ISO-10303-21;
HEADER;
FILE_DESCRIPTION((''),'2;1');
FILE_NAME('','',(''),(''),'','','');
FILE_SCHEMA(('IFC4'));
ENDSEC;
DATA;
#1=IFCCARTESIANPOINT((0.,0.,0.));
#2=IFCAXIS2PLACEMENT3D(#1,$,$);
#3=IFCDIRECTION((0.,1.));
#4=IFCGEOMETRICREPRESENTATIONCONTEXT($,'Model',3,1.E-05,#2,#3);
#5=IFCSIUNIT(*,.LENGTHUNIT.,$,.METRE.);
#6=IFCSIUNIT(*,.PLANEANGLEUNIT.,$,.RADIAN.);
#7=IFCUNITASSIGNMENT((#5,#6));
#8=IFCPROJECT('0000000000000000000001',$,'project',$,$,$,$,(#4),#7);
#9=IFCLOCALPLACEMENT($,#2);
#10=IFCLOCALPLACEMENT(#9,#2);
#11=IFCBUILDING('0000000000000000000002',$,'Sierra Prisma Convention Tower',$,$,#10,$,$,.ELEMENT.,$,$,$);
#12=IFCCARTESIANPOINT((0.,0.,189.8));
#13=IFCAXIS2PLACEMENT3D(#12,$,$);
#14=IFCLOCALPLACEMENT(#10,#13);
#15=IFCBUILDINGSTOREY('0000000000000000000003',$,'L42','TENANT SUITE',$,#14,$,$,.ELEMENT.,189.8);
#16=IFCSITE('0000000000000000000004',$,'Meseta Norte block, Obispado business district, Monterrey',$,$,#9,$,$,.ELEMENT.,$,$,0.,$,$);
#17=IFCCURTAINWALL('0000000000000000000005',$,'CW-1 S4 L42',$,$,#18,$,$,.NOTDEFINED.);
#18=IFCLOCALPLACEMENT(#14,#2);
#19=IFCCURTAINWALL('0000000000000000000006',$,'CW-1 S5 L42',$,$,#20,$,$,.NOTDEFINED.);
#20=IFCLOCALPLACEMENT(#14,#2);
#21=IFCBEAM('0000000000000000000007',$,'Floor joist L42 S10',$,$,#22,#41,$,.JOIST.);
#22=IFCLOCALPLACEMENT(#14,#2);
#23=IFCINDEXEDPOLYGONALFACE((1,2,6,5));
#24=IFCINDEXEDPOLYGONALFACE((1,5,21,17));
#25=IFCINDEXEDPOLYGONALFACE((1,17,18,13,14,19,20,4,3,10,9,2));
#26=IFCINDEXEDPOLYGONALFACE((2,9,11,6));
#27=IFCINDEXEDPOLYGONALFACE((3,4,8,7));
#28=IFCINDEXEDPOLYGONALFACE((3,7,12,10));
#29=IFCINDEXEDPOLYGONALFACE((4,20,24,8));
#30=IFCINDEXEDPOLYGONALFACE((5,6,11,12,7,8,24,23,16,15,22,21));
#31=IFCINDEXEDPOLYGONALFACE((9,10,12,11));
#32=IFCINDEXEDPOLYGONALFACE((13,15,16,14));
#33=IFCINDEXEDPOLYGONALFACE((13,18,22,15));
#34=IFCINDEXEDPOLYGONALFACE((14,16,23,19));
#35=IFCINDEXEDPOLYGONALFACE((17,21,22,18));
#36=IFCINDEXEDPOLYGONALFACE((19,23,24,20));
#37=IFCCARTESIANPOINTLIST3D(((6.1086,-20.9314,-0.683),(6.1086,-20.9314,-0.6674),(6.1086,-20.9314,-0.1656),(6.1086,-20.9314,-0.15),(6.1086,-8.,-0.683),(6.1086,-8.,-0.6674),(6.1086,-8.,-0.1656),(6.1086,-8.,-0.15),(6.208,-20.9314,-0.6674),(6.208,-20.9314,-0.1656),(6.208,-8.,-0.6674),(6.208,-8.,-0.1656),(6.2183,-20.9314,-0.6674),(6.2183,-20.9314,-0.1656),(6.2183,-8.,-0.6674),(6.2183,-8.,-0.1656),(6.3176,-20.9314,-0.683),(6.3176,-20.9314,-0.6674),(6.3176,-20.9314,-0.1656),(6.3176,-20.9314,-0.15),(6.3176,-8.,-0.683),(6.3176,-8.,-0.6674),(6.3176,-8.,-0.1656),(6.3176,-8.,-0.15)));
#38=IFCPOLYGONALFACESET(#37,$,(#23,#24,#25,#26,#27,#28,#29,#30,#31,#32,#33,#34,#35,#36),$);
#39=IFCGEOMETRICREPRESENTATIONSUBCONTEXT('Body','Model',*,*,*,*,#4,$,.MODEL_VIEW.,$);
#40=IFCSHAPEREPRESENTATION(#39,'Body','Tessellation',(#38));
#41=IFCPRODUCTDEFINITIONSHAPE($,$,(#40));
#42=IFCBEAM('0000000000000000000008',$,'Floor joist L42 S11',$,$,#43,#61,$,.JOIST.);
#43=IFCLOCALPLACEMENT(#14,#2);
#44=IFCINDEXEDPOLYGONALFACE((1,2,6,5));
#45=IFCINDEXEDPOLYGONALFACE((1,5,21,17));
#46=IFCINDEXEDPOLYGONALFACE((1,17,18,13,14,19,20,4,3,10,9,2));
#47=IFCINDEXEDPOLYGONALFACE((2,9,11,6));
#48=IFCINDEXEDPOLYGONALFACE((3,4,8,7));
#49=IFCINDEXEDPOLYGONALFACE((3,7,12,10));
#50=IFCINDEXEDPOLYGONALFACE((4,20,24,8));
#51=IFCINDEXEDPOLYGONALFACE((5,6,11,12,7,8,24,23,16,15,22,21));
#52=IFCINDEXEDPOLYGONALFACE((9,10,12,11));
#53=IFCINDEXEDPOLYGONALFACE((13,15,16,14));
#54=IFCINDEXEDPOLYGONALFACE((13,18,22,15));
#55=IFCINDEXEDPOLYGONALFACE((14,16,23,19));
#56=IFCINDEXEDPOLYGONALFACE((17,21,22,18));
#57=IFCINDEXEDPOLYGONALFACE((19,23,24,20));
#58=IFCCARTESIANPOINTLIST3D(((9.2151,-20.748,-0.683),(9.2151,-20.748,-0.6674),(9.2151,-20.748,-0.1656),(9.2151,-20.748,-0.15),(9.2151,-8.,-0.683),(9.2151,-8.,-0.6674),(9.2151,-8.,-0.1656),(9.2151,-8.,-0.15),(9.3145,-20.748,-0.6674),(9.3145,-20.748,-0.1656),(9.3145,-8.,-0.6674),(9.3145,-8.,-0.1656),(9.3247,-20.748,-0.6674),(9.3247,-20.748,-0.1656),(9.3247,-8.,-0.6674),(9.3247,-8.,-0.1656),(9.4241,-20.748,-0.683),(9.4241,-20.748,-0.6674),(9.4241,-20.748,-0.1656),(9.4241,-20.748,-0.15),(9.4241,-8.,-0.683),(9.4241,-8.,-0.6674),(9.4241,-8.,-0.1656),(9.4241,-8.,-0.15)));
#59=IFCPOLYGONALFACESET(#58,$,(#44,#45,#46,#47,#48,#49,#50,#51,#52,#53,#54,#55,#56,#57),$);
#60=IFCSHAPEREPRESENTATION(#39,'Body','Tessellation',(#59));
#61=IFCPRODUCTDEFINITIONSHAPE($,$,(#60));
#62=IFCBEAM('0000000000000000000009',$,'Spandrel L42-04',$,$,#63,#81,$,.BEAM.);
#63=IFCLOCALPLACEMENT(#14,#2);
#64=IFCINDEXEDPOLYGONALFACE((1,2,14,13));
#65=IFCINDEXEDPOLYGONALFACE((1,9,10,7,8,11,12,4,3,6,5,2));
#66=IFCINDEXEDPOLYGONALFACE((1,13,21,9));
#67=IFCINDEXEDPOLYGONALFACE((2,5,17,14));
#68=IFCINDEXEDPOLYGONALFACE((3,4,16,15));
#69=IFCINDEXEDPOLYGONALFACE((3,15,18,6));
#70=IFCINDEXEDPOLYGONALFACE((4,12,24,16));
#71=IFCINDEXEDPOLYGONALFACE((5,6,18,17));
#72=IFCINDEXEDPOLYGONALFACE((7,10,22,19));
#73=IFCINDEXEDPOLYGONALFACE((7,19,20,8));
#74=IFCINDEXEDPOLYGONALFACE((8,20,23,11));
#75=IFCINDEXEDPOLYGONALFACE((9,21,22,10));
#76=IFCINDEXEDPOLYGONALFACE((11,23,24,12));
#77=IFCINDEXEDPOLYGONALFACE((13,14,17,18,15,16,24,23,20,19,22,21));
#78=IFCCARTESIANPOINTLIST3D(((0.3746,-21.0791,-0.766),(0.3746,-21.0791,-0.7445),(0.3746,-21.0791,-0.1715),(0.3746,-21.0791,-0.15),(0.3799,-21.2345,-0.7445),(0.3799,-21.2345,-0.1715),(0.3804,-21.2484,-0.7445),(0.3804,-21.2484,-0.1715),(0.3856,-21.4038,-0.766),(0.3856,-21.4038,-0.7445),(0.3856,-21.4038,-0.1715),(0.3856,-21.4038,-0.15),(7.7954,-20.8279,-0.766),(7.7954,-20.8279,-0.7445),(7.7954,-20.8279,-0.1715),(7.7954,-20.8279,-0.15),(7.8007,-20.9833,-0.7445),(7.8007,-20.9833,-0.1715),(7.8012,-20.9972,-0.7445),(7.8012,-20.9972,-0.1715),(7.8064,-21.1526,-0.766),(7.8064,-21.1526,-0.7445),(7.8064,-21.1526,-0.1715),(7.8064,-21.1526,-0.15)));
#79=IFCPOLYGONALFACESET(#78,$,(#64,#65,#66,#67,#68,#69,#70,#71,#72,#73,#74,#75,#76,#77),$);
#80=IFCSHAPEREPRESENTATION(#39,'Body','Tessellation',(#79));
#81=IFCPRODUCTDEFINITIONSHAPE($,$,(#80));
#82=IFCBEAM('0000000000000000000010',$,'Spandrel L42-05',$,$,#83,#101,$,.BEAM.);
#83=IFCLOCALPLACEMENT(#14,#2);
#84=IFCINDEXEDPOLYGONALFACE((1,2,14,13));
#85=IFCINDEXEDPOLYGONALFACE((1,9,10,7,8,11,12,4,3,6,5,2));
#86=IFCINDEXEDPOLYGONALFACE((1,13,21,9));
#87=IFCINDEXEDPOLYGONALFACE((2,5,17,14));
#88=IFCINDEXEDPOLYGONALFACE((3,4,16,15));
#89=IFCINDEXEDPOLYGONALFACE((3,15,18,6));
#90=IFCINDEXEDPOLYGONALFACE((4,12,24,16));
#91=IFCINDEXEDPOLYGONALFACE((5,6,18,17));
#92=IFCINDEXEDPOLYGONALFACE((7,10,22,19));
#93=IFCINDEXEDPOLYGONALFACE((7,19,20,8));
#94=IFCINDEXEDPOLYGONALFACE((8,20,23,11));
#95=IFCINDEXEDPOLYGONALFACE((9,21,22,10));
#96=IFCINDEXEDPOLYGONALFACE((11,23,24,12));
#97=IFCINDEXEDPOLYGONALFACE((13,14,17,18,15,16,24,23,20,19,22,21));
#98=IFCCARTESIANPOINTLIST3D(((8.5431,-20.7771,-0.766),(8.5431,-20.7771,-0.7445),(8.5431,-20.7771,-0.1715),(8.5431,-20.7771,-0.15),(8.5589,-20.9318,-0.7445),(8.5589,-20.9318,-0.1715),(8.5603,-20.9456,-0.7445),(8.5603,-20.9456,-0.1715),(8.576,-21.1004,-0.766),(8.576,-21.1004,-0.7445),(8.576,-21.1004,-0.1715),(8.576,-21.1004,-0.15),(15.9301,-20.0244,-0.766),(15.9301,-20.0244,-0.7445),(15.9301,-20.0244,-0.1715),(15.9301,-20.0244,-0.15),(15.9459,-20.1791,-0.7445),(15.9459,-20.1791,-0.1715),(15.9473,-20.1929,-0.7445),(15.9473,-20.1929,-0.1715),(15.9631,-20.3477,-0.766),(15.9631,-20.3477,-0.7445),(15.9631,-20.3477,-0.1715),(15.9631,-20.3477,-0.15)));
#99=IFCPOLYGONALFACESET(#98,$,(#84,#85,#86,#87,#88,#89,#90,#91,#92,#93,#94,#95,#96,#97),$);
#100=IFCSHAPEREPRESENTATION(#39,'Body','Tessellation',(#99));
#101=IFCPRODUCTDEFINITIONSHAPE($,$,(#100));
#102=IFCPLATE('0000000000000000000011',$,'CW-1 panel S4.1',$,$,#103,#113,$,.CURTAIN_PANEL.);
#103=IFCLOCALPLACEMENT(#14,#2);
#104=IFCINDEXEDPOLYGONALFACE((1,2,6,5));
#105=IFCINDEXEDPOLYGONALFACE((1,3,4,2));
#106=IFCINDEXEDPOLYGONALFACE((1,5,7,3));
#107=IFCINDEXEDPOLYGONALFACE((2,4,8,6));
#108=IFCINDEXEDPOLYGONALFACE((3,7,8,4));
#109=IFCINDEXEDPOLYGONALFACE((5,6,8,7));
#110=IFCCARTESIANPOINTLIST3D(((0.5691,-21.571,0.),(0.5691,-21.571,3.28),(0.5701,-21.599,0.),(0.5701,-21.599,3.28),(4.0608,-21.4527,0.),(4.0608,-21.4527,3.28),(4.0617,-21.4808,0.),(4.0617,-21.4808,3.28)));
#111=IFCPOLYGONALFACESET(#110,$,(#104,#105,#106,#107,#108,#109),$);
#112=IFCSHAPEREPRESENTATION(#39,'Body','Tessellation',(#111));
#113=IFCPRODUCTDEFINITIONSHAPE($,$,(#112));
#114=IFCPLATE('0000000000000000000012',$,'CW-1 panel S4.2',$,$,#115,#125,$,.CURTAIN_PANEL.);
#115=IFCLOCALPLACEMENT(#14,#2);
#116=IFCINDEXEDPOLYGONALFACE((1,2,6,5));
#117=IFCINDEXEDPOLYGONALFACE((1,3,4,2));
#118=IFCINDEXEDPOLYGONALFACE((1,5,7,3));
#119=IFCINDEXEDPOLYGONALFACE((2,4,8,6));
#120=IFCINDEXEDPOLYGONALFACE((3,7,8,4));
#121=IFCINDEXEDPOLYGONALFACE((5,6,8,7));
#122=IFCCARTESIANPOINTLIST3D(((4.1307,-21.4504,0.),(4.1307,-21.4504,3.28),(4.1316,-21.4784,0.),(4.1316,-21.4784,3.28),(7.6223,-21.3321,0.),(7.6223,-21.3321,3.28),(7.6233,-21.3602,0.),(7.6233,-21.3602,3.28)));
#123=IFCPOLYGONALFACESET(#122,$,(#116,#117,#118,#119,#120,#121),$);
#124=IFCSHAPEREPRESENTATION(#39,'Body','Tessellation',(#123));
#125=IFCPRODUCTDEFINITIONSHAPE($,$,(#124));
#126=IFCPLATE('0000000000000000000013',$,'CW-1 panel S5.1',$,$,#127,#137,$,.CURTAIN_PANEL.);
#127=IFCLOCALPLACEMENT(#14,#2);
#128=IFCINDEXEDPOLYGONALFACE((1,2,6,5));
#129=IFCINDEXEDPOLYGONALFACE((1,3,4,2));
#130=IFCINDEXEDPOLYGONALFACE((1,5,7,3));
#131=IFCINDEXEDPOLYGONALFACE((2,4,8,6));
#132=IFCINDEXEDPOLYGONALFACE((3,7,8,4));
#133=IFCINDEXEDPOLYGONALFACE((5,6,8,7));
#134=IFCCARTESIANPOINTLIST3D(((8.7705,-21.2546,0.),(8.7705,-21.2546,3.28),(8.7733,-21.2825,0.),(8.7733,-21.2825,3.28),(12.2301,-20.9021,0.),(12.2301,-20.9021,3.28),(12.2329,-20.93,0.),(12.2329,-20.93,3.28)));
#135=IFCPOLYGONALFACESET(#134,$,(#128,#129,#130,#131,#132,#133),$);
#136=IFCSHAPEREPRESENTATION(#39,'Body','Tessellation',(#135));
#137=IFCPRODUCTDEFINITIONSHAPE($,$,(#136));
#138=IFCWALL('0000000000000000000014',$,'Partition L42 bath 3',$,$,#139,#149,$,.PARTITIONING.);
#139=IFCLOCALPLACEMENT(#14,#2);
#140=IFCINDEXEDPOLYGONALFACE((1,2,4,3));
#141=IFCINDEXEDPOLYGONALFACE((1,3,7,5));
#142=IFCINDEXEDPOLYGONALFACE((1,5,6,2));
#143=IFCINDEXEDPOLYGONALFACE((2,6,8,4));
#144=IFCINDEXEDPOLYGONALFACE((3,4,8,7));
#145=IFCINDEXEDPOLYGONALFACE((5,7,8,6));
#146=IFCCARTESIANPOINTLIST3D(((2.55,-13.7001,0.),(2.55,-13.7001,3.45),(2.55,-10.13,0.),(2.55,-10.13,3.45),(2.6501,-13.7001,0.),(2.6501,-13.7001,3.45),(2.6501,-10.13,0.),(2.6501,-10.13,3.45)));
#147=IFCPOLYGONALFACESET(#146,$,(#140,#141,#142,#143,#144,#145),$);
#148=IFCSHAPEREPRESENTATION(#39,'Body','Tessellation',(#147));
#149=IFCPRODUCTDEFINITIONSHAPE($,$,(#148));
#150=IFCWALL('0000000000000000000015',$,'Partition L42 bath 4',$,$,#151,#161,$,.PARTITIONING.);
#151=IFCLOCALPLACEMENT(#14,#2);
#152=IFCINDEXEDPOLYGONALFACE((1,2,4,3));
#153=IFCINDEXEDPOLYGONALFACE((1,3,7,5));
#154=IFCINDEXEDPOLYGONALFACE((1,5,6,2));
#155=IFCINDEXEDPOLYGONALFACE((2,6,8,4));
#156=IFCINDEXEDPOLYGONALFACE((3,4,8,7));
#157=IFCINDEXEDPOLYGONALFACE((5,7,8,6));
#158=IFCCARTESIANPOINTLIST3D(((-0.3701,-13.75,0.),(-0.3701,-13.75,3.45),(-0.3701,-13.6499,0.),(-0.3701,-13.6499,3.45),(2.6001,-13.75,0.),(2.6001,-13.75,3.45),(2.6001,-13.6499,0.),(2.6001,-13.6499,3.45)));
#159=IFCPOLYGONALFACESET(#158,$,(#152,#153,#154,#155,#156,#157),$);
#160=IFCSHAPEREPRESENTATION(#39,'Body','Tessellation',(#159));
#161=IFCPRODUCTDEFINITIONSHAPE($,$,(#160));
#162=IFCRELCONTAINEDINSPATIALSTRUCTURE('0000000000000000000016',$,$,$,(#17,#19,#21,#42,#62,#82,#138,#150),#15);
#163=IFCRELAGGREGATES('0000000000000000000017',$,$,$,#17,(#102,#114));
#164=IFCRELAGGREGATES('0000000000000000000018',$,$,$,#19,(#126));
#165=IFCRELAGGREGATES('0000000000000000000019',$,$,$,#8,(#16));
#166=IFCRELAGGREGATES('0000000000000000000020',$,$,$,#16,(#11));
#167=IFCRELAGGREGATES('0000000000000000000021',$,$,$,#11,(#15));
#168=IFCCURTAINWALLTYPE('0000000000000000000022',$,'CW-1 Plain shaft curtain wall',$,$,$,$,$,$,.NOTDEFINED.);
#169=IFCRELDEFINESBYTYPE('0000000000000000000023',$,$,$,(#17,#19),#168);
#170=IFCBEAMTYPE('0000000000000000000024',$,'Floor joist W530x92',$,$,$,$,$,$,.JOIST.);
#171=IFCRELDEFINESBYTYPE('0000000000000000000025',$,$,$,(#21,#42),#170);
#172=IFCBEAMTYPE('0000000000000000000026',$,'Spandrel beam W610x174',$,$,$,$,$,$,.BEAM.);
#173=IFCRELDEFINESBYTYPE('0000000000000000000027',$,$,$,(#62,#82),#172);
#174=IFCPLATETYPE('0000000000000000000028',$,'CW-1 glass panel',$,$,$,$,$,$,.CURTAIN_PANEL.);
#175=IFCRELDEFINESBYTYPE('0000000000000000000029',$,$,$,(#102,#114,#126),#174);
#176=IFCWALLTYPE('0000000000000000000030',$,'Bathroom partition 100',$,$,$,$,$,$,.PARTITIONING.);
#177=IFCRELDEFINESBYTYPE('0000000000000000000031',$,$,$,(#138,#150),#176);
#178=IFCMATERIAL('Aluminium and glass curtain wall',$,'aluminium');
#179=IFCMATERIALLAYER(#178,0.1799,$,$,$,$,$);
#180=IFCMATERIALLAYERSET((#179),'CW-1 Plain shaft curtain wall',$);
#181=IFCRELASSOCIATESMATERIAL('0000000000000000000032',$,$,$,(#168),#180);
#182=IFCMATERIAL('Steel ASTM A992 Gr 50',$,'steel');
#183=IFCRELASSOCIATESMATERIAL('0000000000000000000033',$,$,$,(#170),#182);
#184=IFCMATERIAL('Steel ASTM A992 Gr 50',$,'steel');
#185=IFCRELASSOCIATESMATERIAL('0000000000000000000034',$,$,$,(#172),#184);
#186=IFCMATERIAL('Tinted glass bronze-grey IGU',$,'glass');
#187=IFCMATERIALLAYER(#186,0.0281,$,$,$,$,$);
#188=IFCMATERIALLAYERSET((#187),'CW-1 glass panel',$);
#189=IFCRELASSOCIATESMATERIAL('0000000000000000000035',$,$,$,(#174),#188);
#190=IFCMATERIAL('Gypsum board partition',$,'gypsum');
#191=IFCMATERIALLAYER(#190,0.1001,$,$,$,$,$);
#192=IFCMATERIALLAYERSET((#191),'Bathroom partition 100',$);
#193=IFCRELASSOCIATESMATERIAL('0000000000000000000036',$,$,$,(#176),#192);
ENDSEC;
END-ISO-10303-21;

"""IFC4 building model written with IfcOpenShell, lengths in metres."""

from ifc_helpers import new_model, si_unit, direction, frame, frame_2d, origin, origin_2d, place, context, subcontext, project, spatial, rectangle, i_section, extrude, material, layer, layer_set, material_profile, profile_set, type_object, element, aggregate, save


model = new_model("IFC4")

# Units and contexts
model_context = context("Model", 3, precision=1e-05, world=origin(), true_north=direction((0.0, 1.0)))
body_context = subcontext(model_context, "Body", "Model", "MODEL_VIEW")
ifc_project = project(units=[si_unit("LENGTHUNIT", "METRE"), si_unit("PLANEANGLEUNIT", "RADIAN")], contexts=[model_context])

# Site, building, storey
site_placement = place(None, origin())
site = spatial("IfcSite", under=ifc_project, at=site_placement, Name="Meseta Norte block, Obispado business district, Monterrey", CompositionType="ELEMENT", RefElevation=0.0)
building_placement = place(site_placement, origin())
building = spatial("IfcBuilding", under=site, at=building_placement, Name="Sierra Prisma Convention Tower", CompositionType="ELEMENT")
storey_placement = place(building_placement, frame((0.0, 0.0, 189.8)))
storey = spatial("IfcBuildingStorey", under=building, at=storey_placement, Name="L42", Description="TENANT SUITE", CompositionType="ELEMENT", Elevation=189.8)

# Curtain wall
ifc_material_1 = material(Name="Aluminium and glass curtain wall", Category="aluminium")
ifc_layer_1 = layer(ifc_material_1, 0.1799)
ifc_layer_set_1 = layer_set([ifc_layer_1], Name="CW-1 Plain shaft curtain wall")
curtain_wall_type = type_object("IfcCurtainWallType", Name="CW-1 Plain shaft curtain wall", PredefinedType="NOTDEFINED", material=ifc_layer_set_1)
curtain_wall_1_placement = place(storey_placement, origin())
curtain_wall_1 = element("IfcCurtainWall", 1, at=curtain_wall_1_placement, inside=storey, type_object=curtain_wall_type, Name="CW-1 S4 L42", PredefinedType="NOTDEFINED")

# Curtain wall
curtain_wall_2_placement = place(storey_placement, origin())
curtain_wall_2 = element("IfcCurtainWall", 2, at=curtain_wall_2_placement, inside=storey, type_object=curtain_wall_type, Name="CW-1 S5 L42", PredefinedType="NOTDEFINED")

# Beams
ifc_material_2 = material(Name="Steel ASTM A992 Gr 50", Category="steel")
ifc_material_profile_1 = material_profile(ifc_material_2, i_section(OverallWidth=0.209, OverallDepth=0.533, WebThickness=0.0103, FlangeThickness=0.0156, at=origin_2d()), Name="W530x92")
ifc_profile_set_1 = profile_set([ifc_material_profile_1], Name="Steel ASTM A992 Gr 50")
beam_type_1 = type_object("IfcBeamType", Name="Floor joist W530x92", PredefinedType="JOIST", material=ifc_profile_set_1)
beam_1_placement = place(storey_placement, frame((6.2131, -20.9314, -0.4165), z_axis=(0.0, 1.0, 0.0), x_axis=(-1.0, 0.0, 0.0)))
element("IfcBeam", 3, at=beam_1_placement, inside=storey, type_object=beam_type_1, Name="Floor joist L42 S10", PredefinedType="JOIST", context=body_context, shape_type="SweptSolid", body=[
    extrude(i_section(OverallWidth=0.209, OverallDepth=0.533, WebThickness=0.0103, FlangeThickness=0.0156, at=origin_2d()), origin(), (0.0, 0.0, 1.0), 12.9314),
])
beam_2_placement = place(storey_placement, frame((9.3196, -20.748, -0.4165), z_axis=(0.0, 1.0, 0.0), x_axis=(-1.0, 0.0, 0.0)))
element("IfcBeam", 4, at=beam_2_placement, inside=storey, type_object=beam_type_1, Name="Floor joist L42 S11", PredefinedType="JOIST", context=body_context, shape_type="SweptSolid", body=[
    extrude(i_section(OverallWidth=0.209, OverallDepth=0.533, WebThickness=0.0103, FlangeThickness=0.0156, at=origin_2d()), origin(), (0.0, 0.0, 1.0), 12.748),
])
ifc_material_3 = material(Name="Steel ASTM A992 Gr 50", Category="steel")
ifc_material_profile_2 = material_profile(ifc_material_3, i_section(OverallWidth=0.325, OverallDepth=0.616, WebThickness=0.0139, FlangeThickness=0.0215, at=origin_2d()), Name="W610x174")
ifc_profile_set_2 = profile_set([ifc_material_profile_2], Name="Steel ASTM A992 Gr 50")
beam_type_2 = type_object("IfcBeamType", Name="Spandrel beam W610x174", PredefinedType="BEAM", material=ifc_profile_set_2)
beam_3_placement = place(storey_placement, frame((0.3801, -21.2415, -0.458), z_axis=(0.999427, 0.033834, 0.0), x_axis=(-0.033834, 0.999427, 0.0)))
element("IfcBeam", 5, at=beam_3_placement, inside=storey, type_object=beam_type_2, Name="Spandrel L42-04", PredefinedType="BEAM", context=body_context, shape_type="SweptSolid", body=[
    extrude(i_section(OverallWidth=0.325, OverallDepth=0.616, WebThickness=0.0139, FlangeThickness=0.0215, at=origin_2d()), origin(), (0.0, 0.0, 1.0), 7.425),
])
beam_4_placement = place(storey_placement, frame((8.5596, -20.9387, -0.458), z_axis=(0.994849, 0.101369, 0.0), x_axis=(-0.101369, 0.994849, 0.0)))
element("IfcBeam", 6, at=beam_4_placement, inside=storey, type_object=beam_type_2, Name="Spandrel L42-05", PredefinedType="BEAM", context=body_context, shape_type="SweptSolid", body=[
    extrude(i_section(OverallWidth=0.325, OverallDepth=0.616, WebThickness=0.0139, FlangeThickness=0.0215, at=origin_2d()), origin(), (0.0, 0.0, 1.0), 7.4253),
])

# Plates
ifc_material_4 = material(Name="Tinted glass bronze-grey IGU", Category="glass")
ifc_layer_2 = layer(ifc_material_4, 0.0281)
ifc_layer_set_2 = layer_set([ifc_layer_2], Name="CW-1 glass panel")
plate_type = type_object("IfcPlateType", Name="CW-1 glass panel", PredefinedType="CURTAIN_PANEL", material=ifc_layer_set_2)
plate_1_placement = place(storey_placement, frame((2.3154, -21.5259, 0.0), z_axis=(0.0, 0.0, 1.0), x_axis=(0.999427, 0.033843, 0.0)))
plate_1 = element("IfcPlate", 7, at=plate_1_placement, type_object=plate_type, Name="CW-1 panel S4.1", PredefinedType="CURTAIN_PANEL", context=body_context, shape_type="SweptSolid", body=[
    extrude(rectangle(XDim=3.4937, YDim=0.0281, at=origin_2d()), origin(), (0.0, 0.0, 1.0), 3.28),
])
plate_2_placement = place(storey_placement, frame((5.877, -21.4053, 0.0), z_axis=(0.0, 0.0, 1.0), x_axis=(0.999427, 0.033843, 0.0)))
plate_2 = element("IfcPlate", 8, at=plate_2_placement, type_object=plate_type, Name="CW-1 panel S4.2", PredefinedType="CURTAIN_PANEL", context=body_context, shape_type="SweptSolid", body=[
    extrude(rectangle(XDim=3.4937, YDim=0.0281, at=origin_2d()), origin(), (0.0, 0.0, 1.0), 3.28),
])
aggregate(curtain_wall_1, [plate_1, plate_2])
plate_3_placement = place(storey_placement, frame((10.5017, -21.0923, 0.0), z_axis=(0.0, 0.0, 1.0), x_axis=(0.994849, 0.101372, 0.0)))
plate_3 = element("IfcPlate", 9, at=plate_3_placement, type_object=plate_type, Name="CW-1 panel S5.1", PredefinedType="CURTAIN_PANEL", context=body_context, shape_type="SweptSolid", body=[
    extrude(rectangle(XDim=3.4775, YDim=0.0281, at=origin_2d()), origin(), (0.0, 0.0, 1.0), 3.28),
])
aggregate(curtain_wall_2, [plate_3])

# Walls
ifc_material_5 = material(Name="Gypsum board partition", Category="gypsum")
ifc_layer_3 = layer(ifc_material_5, 0.1001)
ifc_layer_set_3 = layer_set([ifc_layer_3], Name="Bathroom partition 100")
wall_type_1 = type_object("IfcWallType", Name="Bathroom partition 100", PredefinedType="PARTITIONING", material=ifc_layer_set_3)
wall_1_placement = place(storey_placement, frame((2.6001, -10.1299, 0.0), z_axis=(0.0, 0.0, 1.0), x_axis=(0.0, -1.0, 0.0)))
element("IfcWall", 10, at=wall_1_placement, inside=storey, type_object=wall_type_1, Name="Partition L42 bath 3", PredefinedType="PARTITIONING", context=body_context, shape_type="SweptSolid", body=[
    extrude(rectangle(XDim=3.5701, YDim=0.1001, at=frame_2d((1.7852, 0.0))), origin(), (0.0, 0.0, 1.0), 3.45),
])
wall_2_placement = place(storey_placement, frame((2.6001, -13.7, 0.0), z_axis=(0.0, 0.0, 1.0), x_axis=(-1.0, 0.0, 0.0)))
element("IfcWall", 11, at=wall_2_placement, inside=storey, type_object=wall_type_1, Name="Partition L42 bath 4", PredefinedType="PARTITIONING", context=body_context, shape_type="SweptSolid", body=[
    extrude(rectangle(XDim=2.9702, YDim=0.1001, at=frame_2d((1.4851, 0.0))), origin(), (0.0, 0.0, 1.0), 3.45),
])

save(model, "model.ifc")
